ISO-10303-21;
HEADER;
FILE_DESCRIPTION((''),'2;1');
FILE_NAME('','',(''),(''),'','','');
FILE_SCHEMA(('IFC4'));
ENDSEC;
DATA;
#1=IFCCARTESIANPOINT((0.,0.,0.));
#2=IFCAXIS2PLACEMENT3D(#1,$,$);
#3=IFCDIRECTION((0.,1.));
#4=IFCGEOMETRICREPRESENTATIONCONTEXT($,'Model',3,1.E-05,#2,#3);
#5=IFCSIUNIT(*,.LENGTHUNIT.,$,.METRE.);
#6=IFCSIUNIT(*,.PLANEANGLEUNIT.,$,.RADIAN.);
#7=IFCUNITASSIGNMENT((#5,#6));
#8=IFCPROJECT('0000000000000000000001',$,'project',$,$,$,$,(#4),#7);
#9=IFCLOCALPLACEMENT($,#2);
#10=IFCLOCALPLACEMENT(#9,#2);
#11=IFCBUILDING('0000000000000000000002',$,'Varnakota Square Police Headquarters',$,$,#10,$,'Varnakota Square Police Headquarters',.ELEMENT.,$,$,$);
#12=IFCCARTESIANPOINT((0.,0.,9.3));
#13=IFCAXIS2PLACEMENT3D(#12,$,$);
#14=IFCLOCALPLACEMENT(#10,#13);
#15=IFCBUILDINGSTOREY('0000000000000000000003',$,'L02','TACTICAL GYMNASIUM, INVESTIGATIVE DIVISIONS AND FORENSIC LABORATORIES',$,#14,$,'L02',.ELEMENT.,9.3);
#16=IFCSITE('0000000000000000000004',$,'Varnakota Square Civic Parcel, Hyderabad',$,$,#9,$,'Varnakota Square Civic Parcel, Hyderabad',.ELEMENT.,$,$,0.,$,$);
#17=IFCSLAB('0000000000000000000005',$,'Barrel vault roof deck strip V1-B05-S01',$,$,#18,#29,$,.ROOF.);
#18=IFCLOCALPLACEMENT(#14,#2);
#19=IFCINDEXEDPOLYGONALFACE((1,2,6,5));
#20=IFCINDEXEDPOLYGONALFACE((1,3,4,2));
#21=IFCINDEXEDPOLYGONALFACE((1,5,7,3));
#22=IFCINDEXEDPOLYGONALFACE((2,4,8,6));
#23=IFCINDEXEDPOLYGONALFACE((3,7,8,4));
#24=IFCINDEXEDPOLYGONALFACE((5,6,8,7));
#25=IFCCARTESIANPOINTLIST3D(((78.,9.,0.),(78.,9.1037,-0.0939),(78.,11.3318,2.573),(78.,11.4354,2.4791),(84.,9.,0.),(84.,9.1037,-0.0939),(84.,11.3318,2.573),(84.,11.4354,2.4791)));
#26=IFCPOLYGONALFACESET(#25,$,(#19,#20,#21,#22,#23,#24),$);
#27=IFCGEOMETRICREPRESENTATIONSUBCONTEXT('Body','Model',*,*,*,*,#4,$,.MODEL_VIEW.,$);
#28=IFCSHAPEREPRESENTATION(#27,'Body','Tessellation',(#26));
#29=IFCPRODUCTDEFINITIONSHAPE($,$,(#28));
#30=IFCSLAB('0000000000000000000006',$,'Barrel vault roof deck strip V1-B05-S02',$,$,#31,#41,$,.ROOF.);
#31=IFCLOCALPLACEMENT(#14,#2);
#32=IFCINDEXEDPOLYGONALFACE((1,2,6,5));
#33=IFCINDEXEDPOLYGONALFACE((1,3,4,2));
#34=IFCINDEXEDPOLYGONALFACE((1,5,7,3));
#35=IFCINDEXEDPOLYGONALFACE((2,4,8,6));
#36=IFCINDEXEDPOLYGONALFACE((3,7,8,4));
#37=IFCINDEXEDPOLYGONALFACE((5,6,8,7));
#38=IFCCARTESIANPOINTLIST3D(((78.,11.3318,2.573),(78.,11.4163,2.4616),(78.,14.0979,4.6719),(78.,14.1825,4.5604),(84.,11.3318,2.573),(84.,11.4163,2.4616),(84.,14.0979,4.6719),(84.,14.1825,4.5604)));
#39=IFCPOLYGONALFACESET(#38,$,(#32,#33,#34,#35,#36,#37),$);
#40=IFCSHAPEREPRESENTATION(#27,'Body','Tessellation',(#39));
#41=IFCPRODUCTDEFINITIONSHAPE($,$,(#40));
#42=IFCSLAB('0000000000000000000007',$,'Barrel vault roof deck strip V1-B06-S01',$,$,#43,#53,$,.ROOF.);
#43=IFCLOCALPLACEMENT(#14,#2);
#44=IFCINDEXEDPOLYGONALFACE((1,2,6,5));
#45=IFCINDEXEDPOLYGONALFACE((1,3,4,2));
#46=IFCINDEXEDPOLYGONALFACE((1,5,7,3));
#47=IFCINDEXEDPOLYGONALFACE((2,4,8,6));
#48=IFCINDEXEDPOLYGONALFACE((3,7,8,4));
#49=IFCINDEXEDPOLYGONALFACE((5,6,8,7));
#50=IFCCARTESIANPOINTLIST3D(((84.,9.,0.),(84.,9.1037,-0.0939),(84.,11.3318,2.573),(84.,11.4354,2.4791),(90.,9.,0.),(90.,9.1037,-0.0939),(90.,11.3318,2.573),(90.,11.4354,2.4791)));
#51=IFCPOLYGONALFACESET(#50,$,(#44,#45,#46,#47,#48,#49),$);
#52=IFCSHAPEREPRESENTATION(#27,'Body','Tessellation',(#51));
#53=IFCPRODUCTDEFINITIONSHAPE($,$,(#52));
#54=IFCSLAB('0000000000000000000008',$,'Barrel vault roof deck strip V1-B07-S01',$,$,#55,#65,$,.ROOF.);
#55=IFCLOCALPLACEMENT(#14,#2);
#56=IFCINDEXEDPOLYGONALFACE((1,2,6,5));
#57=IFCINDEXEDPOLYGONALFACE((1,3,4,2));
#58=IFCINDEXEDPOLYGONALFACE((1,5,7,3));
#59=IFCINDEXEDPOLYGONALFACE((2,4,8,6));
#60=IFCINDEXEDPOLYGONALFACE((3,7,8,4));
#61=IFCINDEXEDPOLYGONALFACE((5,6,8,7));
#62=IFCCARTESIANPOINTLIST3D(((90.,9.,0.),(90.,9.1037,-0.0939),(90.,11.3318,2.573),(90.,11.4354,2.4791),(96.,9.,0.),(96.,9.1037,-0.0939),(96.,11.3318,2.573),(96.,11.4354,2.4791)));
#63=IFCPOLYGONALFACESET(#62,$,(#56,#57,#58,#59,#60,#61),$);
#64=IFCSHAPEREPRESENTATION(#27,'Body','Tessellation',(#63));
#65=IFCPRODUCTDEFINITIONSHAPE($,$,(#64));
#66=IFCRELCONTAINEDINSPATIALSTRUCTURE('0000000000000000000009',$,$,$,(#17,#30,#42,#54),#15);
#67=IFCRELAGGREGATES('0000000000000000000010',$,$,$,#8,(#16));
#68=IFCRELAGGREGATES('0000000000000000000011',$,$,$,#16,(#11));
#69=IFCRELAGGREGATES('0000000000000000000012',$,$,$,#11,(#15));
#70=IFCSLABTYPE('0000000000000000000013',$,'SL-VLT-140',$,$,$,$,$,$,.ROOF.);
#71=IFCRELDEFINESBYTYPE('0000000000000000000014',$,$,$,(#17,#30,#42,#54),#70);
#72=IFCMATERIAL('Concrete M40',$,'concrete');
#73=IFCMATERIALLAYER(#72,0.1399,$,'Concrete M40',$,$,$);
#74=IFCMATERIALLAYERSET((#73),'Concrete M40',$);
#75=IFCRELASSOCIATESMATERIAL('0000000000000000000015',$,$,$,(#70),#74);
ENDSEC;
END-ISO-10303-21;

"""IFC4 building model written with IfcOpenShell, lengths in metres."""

from ifc_helpers import new_model, si_unit, direction, frame, origin, place, context, subcontext, project, spatial, polyline, outline, extrude, material, layer, layer_set, type_object, element, save


model = new_model("IFC4")

# Units and contexts
model_context = context("Model", 3, precision=1e-05, world=origin(), true_north=direction((0.0, 1.0)))
body_context = subcontext(model_context, "Body", "Model", "MODEL_VIEW")
ifc_project = project(units=[si_unit("LENGTHUNIT", "METRE"), si_unit("PLANEANGLEUNIT", "RADIAN")], contexts=[model_context])

# Site, building, storey
site_placement = place(None, origin())
site = spatial("IfcSite", under=ifc_project, at=site_placement, Name="Varnakota Square Civic Parcel, Hyderabad", LongName="Varnakota Square Civic Parcel, Hyderabad", CompositionType="ELEMENT", RefElevation=0.0)
building_placement = place(site_placement, origin())
building = spatial("IfcBuilding", under=site, at=building_placement, Name="Varnakota Square Police Headquarters", LongName="Varnakota Square Police Headquarters", CompositionType="ELEMENT")
storey_placement = place(building_placement, frame((0.0, 0.0, 9.3)))
storey = spatial("IfcBuildingStorey", under=building, at=storey_placement, Name="L02", Description="TACTICAL GYMNASIUM, INVESTIGATIVE DIVISIONS AND FORENSIC LABORATORIES", LongName="L02", CompositionType="ELEMENT", Elevation=9.3)

# Slabs
ifc_material_1 = material(Name="Concrete M40", Category="concrete")
ifc_layer_1 = layer(ifc_material_1, 0.1399, Name="Concrete M40")
ifc_layer_set_1 = layer_set([ifc_layer_1], Name="Concrete M40")
slab_type = type_object("IfcSlabType", Name="SL-VLT-140", PredefinedType="ROOF", material=ifc_layer_set_1)
slab_1_placement = place(storey_placement, frame((78.0, 9.0, 0.0), z_axis=(0.0, -0.740986, 0.671521), x_axis=(1.0, 0.0, 0.0)))
element("IfcSlab", 1, at=slab_1_placement, inside=storey, type_object=slab_type, Name="Barrel vault roof deck strip V1-B05-S01", PredefinedType="ROOF", context=body_context, shape_type="SweptSolid", body=[
    extrude(outline(polyline([(0.0, 0.0), (6.0, 0.0), (6.0, 3.4724), (0.0, 3.4724), (0.0, 0.0)])), origin(), (0.0, 0.0, -1.0), 0.1399),
])
slab_2_placement = place(storey_placement, frame((78.0, 11.3318, 2.573), z_axis=(0.0, -0.604468, 0.796629), x_axis=(1.0, 0.0, 0.0)))
element("IfcSlab", 2, at=slab_2_placement, inside=storey, type_object=slab_type, Name="Barrel vault roof deck strip V1-B05-S02", PredefinedType="ROOF", context=body_context, shape_type="SweptSolid", body=[
    extrude(outline(polyline([(0.0, 0.0), (6.0, 0.0), (6.0, 3.4723), (0.0, 3.4723), (0.0, 0.0)])), origin(), (0.0, 0.0, -1.0), 0.1399),
])
for number, where, z_axis, x_axis, name in (
    (3, (84.0, 9.0, 0.0), (0.0, -0.740986, 0.671521), (1.0, 0.0, 0.0), "Barrel vault roof deck strip V1-B06-S01"),
    (4, (90.0, 9.0, 0.0), (0.0, -0.740986, 0.671521), (1.0, 0.0, 0.0), "Barrel vault roof deck strip V1-B07-S01"),
):
    element("IfcSlab", number, at=place(storey_placement, frame(where, z_axis=z_axis, x_axis=x_axis)), inside=storey, type_object=slab_type, Name=name, PredefinedType="ROOF", context=body_context, shape_type="SweptSolid", body=[
        extrude(outline(polyline([(0.0, 0.0), (6.0, 0.0), (6.0, 3.4724), (0.0, 3.4724), (0.0, 0.0)])), origin(), (0.0, 0.0, -1.0), 0.1399),
    ])

save(model, "model.ifc")
